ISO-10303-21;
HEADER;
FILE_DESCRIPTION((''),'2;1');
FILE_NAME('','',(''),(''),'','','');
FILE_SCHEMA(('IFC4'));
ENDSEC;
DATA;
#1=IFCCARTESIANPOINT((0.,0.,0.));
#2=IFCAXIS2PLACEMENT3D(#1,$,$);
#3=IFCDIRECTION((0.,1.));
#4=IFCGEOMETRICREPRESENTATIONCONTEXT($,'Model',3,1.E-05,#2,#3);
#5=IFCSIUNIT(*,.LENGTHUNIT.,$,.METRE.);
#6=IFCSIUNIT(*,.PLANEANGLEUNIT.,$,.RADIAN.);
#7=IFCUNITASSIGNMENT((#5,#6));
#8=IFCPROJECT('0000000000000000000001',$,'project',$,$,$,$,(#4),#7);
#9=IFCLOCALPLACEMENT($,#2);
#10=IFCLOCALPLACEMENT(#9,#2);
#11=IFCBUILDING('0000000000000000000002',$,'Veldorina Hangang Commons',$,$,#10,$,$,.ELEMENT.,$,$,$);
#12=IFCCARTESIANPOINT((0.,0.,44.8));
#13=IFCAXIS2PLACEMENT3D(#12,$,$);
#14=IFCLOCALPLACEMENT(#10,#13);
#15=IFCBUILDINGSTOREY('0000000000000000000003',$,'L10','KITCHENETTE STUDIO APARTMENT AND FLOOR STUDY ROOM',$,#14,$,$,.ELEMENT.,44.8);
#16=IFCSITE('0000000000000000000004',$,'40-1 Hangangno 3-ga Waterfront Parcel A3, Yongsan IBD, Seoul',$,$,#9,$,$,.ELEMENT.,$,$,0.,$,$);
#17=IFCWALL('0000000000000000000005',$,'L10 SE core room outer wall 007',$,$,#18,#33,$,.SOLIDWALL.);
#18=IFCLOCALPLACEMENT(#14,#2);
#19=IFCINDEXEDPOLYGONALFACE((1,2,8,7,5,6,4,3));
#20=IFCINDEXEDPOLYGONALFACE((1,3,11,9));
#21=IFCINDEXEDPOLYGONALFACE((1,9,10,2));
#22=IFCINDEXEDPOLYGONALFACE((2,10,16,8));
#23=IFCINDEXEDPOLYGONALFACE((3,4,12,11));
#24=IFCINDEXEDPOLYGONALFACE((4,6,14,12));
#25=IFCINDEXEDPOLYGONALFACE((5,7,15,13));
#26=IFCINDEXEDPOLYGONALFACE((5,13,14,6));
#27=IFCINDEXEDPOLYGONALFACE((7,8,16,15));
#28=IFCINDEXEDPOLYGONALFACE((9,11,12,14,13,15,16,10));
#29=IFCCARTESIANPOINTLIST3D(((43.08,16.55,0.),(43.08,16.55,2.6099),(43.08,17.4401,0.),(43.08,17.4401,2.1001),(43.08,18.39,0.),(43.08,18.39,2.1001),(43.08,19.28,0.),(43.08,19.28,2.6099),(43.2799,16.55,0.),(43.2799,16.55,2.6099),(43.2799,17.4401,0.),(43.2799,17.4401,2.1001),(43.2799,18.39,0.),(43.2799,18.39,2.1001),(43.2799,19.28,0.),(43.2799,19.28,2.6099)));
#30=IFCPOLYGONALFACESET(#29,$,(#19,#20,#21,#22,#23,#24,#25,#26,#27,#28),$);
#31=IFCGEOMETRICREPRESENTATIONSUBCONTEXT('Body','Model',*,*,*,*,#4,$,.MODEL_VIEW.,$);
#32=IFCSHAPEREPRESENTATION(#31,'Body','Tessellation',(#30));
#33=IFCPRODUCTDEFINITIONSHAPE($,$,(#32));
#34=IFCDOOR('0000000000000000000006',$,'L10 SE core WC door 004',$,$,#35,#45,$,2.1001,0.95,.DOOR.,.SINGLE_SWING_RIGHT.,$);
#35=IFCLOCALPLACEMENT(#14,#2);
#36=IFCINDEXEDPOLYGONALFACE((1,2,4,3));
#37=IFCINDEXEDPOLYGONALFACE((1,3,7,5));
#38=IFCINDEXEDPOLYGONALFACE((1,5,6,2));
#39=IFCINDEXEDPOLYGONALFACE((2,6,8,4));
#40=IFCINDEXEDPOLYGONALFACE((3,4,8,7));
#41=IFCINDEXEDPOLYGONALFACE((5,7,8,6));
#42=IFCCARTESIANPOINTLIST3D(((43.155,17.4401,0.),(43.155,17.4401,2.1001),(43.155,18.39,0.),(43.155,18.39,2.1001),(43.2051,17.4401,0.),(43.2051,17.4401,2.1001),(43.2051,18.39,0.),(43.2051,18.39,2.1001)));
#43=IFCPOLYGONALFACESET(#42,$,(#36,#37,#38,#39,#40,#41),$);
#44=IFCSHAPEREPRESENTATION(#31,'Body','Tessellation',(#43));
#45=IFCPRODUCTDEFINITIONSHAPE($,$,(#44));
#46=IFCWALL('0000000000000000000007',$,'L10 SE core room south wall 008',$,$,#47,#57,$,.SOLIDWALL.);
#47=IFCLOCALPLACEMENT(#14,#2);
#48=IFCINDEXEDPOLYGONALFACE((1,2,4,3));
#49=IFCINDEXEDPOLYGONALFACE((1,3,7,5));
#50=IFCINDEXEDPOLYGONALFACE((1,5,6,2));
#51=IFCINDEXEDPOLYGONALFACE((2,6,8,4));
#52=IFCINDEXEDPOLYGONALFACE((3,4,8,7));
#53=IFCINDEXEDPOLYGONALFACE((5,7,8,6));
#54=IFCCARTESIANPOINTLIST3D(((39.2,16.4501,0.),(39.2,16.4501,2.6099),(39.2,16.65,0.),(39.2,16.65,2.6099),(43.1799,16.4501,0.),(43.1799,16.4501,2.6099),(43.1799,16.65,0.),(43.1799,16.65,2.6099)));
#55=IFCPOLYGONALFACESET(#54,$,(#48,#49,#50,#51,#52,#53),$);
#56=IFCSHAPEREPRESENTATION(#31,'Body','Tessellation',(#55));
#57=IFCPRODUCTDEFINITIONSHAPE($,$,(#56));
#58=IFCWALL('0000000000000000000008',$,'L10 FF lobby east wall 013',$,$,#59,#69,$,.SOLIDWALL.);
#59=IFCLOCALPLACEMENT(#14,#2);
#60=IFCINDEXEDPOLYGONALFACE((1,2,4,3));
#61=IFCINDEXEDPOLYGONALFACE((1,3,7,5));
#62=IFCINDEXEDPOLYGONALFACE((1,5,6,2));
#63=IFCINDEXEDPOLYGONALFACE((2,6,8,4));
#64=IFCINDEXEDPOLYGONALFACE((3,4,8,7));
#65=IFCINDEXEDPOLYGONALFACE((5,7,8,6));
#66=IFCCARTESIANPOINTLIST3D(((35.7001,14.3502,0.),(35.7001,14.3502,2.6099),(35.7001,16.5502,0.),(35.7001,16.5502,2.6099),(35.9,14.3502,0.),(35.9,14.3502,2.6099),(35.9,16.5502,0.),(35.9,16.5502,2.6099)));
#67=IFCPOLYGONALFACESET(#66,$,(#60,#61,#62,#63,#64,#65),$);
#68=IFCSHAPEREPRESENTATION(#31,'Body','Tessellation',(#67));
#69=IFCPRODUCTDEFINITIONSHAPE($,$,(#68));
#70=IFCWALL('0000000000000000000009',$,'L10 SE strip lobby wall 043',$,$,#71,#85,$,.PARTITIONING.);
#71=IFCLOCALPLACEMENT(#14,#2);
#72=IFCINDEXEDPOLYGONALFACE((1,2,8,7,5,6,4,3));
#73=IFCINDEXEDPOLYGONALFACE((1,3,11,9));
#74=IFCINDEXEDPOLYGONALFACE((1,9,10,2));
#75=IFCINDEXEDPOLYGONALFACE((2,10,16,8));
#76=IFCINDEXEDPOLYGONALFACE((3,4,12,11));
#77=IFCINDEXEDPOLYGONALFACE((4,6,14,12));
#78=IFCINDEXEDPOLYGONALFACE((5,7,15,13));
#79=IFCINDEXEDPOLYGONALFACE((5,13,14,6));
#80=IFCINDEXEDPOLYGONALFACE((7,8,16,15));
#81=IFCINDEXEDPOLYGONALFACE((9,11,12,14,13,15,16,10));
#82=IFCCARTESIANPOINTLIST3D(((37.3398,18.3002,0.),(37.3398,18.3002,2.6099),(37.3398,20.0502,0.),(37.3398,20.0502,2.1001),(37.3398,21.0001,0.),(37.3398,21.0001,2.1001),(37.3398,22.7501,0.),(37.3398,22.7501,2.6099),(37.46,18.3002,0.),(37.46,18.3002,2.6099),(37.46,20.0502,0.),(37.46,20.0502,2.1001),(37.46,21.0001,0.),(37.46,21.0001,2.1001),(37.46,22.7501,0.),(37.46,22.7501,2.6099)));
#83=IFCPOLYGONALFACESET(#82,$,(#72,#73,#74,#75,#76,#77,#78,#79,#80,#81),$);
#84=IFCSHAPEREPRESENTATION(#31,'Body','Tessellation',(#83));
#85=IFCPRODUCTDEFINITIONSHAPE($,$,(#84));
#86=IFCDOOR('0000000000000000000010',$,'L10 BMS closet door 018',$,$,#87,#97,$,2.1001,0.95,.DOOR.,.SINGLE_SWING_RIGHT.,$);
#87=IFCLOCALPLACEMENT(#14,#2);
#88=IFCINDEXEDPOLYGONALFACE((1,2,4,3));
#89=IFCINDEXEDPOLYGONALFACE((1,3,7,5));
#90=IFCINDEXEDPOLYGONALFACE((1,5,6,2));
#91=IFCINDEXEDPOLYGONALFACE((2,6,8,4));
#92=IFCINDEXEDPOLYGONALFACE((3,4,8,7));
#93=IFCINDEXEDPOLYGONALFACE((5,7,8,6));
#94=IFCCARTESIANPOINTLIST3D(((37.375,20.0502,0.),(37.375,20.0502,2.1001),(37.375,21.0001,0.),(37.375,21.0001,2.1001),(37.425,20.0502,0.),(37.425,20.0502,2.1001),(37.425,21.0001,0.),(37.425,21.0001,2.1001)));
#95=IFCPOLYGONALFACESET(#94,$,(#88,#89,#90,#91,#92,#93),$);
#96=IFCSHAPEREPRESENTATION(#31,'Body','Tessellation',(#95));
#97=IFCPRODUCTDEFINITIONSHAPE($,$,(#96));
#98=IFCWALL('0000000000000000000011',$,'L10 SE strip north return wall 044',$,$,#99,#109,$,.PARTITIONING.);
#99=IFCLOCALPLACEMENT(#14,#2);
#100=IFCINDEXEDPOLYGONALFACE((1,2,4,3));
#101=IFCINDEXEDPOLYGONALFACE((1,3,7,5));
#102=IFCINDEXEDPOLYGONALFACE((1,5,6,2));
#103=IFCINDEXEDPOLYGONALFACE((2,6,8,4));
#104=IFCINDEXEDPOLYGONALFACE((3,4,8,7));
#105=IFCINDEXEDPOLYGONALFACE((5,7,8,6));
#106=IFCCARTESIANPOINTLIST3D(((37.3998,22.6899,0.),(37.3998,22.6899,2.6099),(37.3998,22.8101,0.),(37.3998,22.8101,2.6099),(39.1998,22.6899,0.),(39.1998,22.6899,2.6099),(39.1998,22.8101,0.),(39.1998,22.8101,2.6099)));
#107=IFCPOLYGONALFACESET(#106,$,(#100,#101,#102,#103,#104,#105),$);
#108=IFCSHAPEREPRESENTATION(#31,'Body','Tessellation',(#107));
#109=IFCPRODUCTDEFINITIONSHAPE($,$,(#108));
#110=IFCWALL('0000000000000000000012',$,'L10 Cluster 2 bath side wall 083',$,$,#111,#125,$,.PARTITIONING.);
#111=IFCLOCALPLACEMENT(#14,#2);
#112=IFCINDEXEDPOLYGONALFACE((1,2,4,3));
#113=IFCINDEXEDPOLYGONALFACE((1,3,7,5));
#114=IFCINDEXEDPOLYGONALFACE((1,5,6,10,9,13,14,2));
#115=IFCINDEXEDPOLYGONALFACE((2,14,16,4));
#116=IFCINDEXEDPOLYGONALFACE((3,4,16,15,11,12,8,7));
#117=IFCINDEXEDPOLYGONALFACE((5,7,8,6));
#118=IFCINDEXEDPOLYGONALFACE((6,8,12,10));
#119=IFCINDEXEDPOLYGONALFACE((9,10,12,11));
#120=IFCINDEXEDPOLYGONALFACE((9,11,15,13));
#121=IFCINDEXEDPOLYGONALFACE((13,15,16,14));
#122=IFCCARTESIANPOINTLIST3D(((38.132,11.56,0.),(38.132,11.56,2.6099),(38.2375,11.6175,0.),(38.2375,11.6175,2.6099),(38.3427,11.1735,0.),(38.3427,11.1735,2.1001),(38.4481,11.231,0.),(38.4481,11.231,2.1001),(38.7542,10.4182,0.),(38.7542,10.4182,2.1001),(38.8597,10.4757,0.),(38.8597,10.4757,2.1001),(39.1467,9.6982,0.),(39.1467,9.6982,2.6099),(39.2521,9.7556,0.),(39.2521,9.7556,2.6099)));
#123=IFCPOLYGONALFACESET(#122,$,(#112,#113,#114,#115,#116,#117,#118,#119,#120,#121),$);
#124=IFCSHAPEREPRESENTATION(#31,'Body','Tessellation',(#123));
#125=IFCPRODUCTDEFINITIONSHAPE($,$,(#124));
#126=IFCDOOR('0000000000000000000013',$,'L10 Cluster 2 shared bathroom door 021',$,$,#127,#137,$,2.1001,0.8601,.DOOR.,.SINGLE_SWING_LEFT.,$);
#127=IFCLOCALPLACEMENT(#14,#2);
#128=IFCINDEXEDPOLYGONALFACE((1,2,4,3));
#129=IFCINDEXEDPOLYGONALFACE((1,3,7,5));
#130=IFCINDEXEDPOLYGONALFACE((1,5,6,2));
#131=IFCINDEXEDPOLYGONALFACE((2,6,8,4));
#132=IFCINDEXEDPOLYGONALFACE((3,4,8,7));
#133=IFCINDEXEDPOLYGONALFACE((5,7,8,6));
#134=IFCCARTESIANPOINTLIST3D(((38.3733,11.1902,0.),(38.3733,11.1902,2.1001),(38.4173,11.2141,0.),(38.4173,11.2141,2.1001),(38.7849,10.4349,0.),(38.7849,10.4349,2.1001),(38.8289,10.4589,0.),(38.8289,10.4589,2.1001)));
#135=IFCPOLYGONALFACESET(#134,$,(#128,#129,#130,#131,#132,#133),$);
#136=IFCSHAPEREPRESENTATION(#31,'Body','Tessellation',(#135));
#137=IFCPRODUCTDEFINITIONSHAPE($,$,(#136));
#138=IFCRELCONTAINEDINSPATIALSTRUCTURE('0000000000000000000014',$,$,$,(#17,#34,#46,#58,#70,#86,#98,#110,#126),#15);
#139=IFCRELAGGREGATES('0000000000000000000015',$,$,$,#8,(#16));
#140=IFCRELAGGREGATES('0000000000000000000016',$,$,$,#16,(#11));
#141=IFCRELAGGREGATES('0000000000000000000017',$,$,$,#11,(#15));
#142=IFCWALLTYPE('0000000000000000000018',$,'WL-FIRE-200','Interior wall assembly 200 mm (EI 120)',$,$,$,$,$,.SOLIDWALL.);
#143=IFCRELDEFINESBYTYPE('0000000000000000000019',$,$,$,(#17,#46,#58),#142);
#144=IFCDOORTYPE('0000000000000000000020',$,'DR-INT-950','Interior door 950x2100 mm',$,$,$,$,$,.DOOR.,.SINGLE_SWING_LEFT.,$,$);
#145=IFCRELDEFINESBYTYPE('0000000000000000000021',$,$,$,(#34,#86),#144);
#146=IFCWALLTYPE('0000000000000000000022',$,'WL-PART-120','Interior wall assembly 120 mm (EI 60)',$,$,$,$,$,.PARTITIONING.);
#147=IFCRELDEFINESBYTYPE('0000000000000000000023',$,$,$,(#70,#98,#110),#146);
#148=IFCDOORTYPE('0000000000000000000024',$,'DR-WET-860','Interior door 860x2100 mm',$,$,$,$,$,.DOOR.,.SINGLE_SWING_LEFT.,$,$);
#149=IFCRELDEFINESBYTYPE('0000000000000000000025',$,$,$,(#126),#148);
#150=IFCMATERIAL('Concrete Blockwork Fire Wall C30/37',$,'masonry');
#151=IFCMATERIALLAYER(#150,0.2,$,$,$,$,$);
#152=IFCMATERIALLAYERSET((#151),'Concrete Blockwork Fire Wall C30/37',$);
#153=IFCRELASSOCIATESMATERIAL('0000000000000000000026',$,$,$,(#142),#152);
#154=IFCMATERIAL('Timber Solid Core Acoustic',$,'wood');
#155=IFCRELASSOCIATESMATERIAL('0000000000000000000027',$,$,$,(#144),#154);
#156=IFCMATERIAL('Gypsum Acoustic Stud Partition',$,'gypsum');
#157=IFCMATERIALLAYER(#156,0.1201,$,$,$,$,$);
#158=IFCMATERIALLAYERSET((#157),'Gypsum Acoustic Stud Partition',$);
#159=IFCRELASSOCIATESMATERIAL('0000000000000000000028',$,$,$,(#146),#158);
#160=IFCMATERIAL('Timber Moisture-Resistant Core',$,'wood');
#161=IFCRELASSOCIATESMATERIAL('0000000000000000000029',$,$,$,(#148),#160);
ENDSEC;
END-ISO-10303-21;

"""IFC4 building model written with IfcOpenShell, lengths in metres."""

from ifc_helpers import new_model, si_unit, direction, frame, frame_2d, origin, place, context, subcontext, project, spatial, rectangle, extrude, material, layer, layer_set, type_object, element, fill, save


model = new_model("IFC4")

# Units and contexts
model_context = context("Model", 3, precision=1e-05, world=origin(), true_north=direction((0.0, 1.0)))
body_context = subcontext(model_context, "Body", "Model", "MODEL_VIEW")
ifc_project = project(units=[si_unit("LENGTHUNIT", "METRE"), si_unit("PLANEANGLEUNIT", "RADIAN")], contexts=[model_context])

# Site, building, storey
site_placement = place(None, origin())
site = spatial("IfcSite", under=ifc_project, at=site_placement, Name="40-1 Hangangno 3-ga Waterfront Parcel A3, Yongsan IBD, Seoul", CompositionType="ELEMENT", RefElevation=0.0)
building_placement = place(site_placement, origin())
building = spatial("IfcBuilding", under=site, at=building_placement, Name="Veldorina Hangang Commons", CompositionType="ELEMENT")
storey_placement = place(building_placement, frame((0.0, 0.0, 44.8)))
storey = spatial("IfcBuildingStorey", under=building, at=storey_placement, Name="L10", Description="KITCHENETTE STUDIO APARTMENT AND FLOOR STUDY ROOM", CompositionType="ELEMENT", Elevation=44.8)

# Wall, opening, door
ifc_material_1 = material(Name="Concrete Blockwork Fire Wall C30/37", Category="masonry")
ifc_layer_1 = layer(ifc_material_1, 0.2)
ifc_layer_set_1 = layer_set([ifc_layer_1], Name="Concrete Blockwork Fire Wall C30/37")
wall_type_1 = type_object("IfcWallType", Name="WL-FIRE-200", Description="Interior wall assembly 200 mm (EI 120)", PredefinedType="SOLIDWALL", material=ifc_layer_set_1)
wall_1_placement = place(storey_placement, frame((43.1799, 16.55, 0.0), z_axis=(0.0, 0.0, 1.0), x_axis=(0.0, 1.0, 0.0)))
wall_1 = element("IfcWall", 1, at=wall_1_placement, inside=storey, type_object=wall_type_1, Name="L10 SE core room outer wall 007", PredefinedType="SOLIDWALL", context=body_context, shape_type="SweptSolid", body=[
    extrude(rectangle(XDim=2.73, YDim=0.2, at=frame_2d((1.365, 0.0))), origin(), (0.0, 0.0, 1.0), 2.6099),
])
opening_1_placement = place(wall_1_placement, frame((0.8899, 0.0, 0.0)))
opening_1 = element("IfcOpeningElement", 2, at=opening_1_placement, cuts=wall_1, PredefinedType="OPENING", context=body_context, shape_type="SweptSolid", body=[
    extrude(rectangle(XDim=0.95, YDim=2.1001, at=frame_2d((0.4751, 1.05))), frame((0.0, 0.1099, 0.0), z_axis=(0.0, -1.0, 0.0), x_axis=(1.0, 0.0, 0.0)), (0.0, 0.0, 1.0), 0.22),
])
ifc_material_2 = material(Name="Timber Solid Core Acoustic", Category="wood")
door_type_1 = type_object("IfcDoorType", Name="DR-INT-950", Description="Interior door 950x2100 mm", OperationType="SINGLE_SWING_LEFT", PredefinedType="DOOR", material=ifc_material_2)
door_1_placement = place(opening_1_placement, origin())
door_1 = element("IfcDoor", 3, at=door_1_placement, inside=storey, type_object=door_type_1, Name="L10 SE core WC door 004", OperationType="SINGLE_SWING_RIGHT", OverallHeight=2.1001, OverallWidth=0.95, PredefinedType="DOOR", context=body_context, shape_type="SweptSolid", body=[
    extrude(rectangle(XDim=0.95, YDim=2.1001, at=frame_2d((0.4751, 1.05))), frame((0.0, 0.0249, 0.0), z_axis=(0.0, -1.0, 0.0), x_axis=(1.0, 0.0, 0.0)), (0.0, 0.0, 1.0), 0.05),
])
fill(opening_1, door_1)

# Walls
wall_2_placement = place(storey_placement, frame((39.2, 16.55, 0.0), z_axis=(0.0, 0.0, 1.0), x_axis=(1.0, 0.0, 0.0)))
element("IfcWall", 4, at=wall_2_placement, inside=storey, type_object=wall_type_1, Name="L10 SE core room south wall 008", PredefinedType="SOLIDWALL", context=body_context, shape_type="SweptSolid", body=[
    extrude(rectangle(XDim=3.98, YDim=0.2, at=frame_2d((1.99, 0.0))), origin(), (0.0, 0.0, 1.0), 2.6099),
])
wall_3_placement = place(storey_placement, frame((35.8, 14.3501, 0.0), z_axis=(0.0, 0.0, 1.0), x_axis=(0.0, 1.0, 0.0)))
element("IfcWall", 5, at=wall_3_placement, inside=storey, type_object=wall_type_1, Name="L10 FF lobby east wall 013", PredefinedType="SOLIDWALL", context=body_context, shape_type="SweptSolid", body=[
    extrude(rectangle(XDim=2.2, YDim=0.2, at=frame_2d((1.1001, 0.0))), origin(), (0.0, 0.0, 1.0), 2.6099),
])

# Wall, opening, door
ifc_material_3 = material(Name="Gypsum Acoustic Stud Partition", Category="gypsum")
ifc_layer_2 = layer(ifc_material_3, 0.1201)
ifc_layer_set_2 = layer_set([ifc_layer_2], Name="Gypsum Acoustic Stud Partition")
wall_type_2 = type_object("IfcWallType", Name="WL-PART-120", Description="Interior wall assembly 120 mm (EI 60)", PredefinedType="PARTITIONING", material=ifc_layer_set_2)
wall_4_placement = place(storey_placement, frame((37.3999, 18.3, 0.0), z_axis=(0.0, 0.0, 1.0), x_axis=(0.0, 1.0, 0.0)))
wall_4 = element("IfcWall", 6, at=wall_4_placement, inside=storey, type_object=wall_type_2, Name="L10 SE strip lobby wall 043", PredefinedType="PARTITIONING", context=body_context, shape_type="SweptSolid", body=[
    extrude(rectangle(XDim=4.45, YDim=0.1201, at=frame_2d((2.2251, 0.0))), origin(), (0.0, 0.0, 1.0), 2.6099),
])
opening_2_placement = place(wall_4_placement, frame((1.75, 0.0, 0.0)))
opening_2 = element("IfcOpeningElement", 7, at=opening_2_placement, cuts=wall_4, PredefinedType="OPENING", context=body_context, shape_type="SweptSolid", body=[
    extrude(rectangle(XDim=0.95, YDim=2.1001, at=frame_2d((0.4751, 1.05))), frame((0.0, 0.0701, 0.0), z_axis=(0.0, -1.0, 0.0), x_axis=(1.0, 0.0, 0.0)), (0.0, 0.0, 1.0), 0.1401),
])
door_2_placement = place(opening_2_placement, origin())
door_2 = element("IfcDoor", 8, at=door_2_placement, inside=storey, type_object=door_type_1, Name="L10 BMS closet door 018", OperationType="SINGLE_SWING_RIGHT", OverallHeight=2.1001, OverallWidth=0.95, PredefinedType="DOOR", context=body_context, shape_type="SweptSolid", body=[
    extrude(rectangle(XDim=0.95, YDim=2.1001, at=frame_2d((0.4751, 1.05))), frame((0.0, 0.0249, 0.0), z_axis=(0.0, -1.0, 0.0), x_axis=(1.0, 0.0, 0.0)), (0.0, 0.0, 1.0), 0.05),
])
fill(opening_2, door_2)

# Wall
wall_5_placement = place(storey_placement, frame((37.3999, 22.75, 0.0), z_axis=(0.0, 0.0, 1.0), x_axis=(1.0, 0.0, 0.0)))
element("IfcWall", 9, at=wall_5_placement, inside=storey, type_object=wall_type_2, Name="L10 SE strip north return wall 044", PredefinedType="PARTITIONING", context=body_context, shape_type="SweptSolid", body=[
    extrude(rectangle(XDim=1.8, YDim=0.1201, at=frame_2d((0.8999, 0.0))), origin(), (0.0, 0.0, 1.0), 2.6099),
])

# Wall, opening, door
wall_6_placement = place(storey_placement, frame((38.1848, 11.5886, 0.0), z_axis=(0.0, 0.0, 1.0), x_axis=(0.478529, -0.878072, 0.0)))
wall_6 = element("IfcWall", 10, at=wall_6_placement, inside=storey, type_object=wall_type_2, Name="L10 Cluster 2 bath side wall 083", PredefinedType="PARTITIONING", context=body_context, shape_type="SweptSolid", body=[
    extrude(rectangle(XDim=2.1204, YDim=0.1201, at=frame_2d((1.0601, 0.0))), origin(), (0.0, 0.0, 1.0), 2.6099),
])
opening_3_placement = place(wall_6_placement, frame((0.4399, 0.0, 0.0)))
opening_3 = element("IfcOpeningElement", 11, at=opening_3_placement, cuts=wall_6, PredefinedType="OPENING", context=body_context, shape_type="SweptSolid", body=[
    extrude(rectangle(XDim=0.8601, YDim=2.1001, at=frame_2d((0.4302, 1.05))), frame((0.0, 0.0701, 0.0), z_axis=(0.0, -1.0, 0.0), x_axis=(1.0, 0.0, 0.0)), (0.0, 0.0, 1.0), 0.1401),
])
ifc_material_4 = material(Name="Timber Moisture-Resistant Core", Category="wood")
door_type_2 = type_object("IfcDoorType", Name="DR-WET-860", Description="Interior door 860x2100 mm", OperationType="SINGLE_SWING_LEFT", PredefinedType="DOOR", material=ifc_material_4)
door_3_placement = place(opening_3_placement, origin())
door_3 = element("IfcDoor", 12, at=door_3_placement, inside=storey, type_object=door_type_2, Name="L10 Cluster 2 shared bathroom door 021", OperationType="SINGLE_SWING_LEFT", OverallHeight=2.1001, OverallWidth=0.8601, PredefinedType="DOOR", context=body_context, shape_type="SweptSolid", body=[
    extrude(rectangle(XDim=0.8601, YDim=2.1001, at=frame_2d((0.4302, 1.05))), frame((0.0, 0.0249, 0.0), z_axis=(0.0, -1.0, 0.0), x_axis=(1.0, 0.0, 0.0)), (0.0, 0.0, 1.0), 0.05),
])
fill(opening_3, door_3)

save(model, "model.ifc")
